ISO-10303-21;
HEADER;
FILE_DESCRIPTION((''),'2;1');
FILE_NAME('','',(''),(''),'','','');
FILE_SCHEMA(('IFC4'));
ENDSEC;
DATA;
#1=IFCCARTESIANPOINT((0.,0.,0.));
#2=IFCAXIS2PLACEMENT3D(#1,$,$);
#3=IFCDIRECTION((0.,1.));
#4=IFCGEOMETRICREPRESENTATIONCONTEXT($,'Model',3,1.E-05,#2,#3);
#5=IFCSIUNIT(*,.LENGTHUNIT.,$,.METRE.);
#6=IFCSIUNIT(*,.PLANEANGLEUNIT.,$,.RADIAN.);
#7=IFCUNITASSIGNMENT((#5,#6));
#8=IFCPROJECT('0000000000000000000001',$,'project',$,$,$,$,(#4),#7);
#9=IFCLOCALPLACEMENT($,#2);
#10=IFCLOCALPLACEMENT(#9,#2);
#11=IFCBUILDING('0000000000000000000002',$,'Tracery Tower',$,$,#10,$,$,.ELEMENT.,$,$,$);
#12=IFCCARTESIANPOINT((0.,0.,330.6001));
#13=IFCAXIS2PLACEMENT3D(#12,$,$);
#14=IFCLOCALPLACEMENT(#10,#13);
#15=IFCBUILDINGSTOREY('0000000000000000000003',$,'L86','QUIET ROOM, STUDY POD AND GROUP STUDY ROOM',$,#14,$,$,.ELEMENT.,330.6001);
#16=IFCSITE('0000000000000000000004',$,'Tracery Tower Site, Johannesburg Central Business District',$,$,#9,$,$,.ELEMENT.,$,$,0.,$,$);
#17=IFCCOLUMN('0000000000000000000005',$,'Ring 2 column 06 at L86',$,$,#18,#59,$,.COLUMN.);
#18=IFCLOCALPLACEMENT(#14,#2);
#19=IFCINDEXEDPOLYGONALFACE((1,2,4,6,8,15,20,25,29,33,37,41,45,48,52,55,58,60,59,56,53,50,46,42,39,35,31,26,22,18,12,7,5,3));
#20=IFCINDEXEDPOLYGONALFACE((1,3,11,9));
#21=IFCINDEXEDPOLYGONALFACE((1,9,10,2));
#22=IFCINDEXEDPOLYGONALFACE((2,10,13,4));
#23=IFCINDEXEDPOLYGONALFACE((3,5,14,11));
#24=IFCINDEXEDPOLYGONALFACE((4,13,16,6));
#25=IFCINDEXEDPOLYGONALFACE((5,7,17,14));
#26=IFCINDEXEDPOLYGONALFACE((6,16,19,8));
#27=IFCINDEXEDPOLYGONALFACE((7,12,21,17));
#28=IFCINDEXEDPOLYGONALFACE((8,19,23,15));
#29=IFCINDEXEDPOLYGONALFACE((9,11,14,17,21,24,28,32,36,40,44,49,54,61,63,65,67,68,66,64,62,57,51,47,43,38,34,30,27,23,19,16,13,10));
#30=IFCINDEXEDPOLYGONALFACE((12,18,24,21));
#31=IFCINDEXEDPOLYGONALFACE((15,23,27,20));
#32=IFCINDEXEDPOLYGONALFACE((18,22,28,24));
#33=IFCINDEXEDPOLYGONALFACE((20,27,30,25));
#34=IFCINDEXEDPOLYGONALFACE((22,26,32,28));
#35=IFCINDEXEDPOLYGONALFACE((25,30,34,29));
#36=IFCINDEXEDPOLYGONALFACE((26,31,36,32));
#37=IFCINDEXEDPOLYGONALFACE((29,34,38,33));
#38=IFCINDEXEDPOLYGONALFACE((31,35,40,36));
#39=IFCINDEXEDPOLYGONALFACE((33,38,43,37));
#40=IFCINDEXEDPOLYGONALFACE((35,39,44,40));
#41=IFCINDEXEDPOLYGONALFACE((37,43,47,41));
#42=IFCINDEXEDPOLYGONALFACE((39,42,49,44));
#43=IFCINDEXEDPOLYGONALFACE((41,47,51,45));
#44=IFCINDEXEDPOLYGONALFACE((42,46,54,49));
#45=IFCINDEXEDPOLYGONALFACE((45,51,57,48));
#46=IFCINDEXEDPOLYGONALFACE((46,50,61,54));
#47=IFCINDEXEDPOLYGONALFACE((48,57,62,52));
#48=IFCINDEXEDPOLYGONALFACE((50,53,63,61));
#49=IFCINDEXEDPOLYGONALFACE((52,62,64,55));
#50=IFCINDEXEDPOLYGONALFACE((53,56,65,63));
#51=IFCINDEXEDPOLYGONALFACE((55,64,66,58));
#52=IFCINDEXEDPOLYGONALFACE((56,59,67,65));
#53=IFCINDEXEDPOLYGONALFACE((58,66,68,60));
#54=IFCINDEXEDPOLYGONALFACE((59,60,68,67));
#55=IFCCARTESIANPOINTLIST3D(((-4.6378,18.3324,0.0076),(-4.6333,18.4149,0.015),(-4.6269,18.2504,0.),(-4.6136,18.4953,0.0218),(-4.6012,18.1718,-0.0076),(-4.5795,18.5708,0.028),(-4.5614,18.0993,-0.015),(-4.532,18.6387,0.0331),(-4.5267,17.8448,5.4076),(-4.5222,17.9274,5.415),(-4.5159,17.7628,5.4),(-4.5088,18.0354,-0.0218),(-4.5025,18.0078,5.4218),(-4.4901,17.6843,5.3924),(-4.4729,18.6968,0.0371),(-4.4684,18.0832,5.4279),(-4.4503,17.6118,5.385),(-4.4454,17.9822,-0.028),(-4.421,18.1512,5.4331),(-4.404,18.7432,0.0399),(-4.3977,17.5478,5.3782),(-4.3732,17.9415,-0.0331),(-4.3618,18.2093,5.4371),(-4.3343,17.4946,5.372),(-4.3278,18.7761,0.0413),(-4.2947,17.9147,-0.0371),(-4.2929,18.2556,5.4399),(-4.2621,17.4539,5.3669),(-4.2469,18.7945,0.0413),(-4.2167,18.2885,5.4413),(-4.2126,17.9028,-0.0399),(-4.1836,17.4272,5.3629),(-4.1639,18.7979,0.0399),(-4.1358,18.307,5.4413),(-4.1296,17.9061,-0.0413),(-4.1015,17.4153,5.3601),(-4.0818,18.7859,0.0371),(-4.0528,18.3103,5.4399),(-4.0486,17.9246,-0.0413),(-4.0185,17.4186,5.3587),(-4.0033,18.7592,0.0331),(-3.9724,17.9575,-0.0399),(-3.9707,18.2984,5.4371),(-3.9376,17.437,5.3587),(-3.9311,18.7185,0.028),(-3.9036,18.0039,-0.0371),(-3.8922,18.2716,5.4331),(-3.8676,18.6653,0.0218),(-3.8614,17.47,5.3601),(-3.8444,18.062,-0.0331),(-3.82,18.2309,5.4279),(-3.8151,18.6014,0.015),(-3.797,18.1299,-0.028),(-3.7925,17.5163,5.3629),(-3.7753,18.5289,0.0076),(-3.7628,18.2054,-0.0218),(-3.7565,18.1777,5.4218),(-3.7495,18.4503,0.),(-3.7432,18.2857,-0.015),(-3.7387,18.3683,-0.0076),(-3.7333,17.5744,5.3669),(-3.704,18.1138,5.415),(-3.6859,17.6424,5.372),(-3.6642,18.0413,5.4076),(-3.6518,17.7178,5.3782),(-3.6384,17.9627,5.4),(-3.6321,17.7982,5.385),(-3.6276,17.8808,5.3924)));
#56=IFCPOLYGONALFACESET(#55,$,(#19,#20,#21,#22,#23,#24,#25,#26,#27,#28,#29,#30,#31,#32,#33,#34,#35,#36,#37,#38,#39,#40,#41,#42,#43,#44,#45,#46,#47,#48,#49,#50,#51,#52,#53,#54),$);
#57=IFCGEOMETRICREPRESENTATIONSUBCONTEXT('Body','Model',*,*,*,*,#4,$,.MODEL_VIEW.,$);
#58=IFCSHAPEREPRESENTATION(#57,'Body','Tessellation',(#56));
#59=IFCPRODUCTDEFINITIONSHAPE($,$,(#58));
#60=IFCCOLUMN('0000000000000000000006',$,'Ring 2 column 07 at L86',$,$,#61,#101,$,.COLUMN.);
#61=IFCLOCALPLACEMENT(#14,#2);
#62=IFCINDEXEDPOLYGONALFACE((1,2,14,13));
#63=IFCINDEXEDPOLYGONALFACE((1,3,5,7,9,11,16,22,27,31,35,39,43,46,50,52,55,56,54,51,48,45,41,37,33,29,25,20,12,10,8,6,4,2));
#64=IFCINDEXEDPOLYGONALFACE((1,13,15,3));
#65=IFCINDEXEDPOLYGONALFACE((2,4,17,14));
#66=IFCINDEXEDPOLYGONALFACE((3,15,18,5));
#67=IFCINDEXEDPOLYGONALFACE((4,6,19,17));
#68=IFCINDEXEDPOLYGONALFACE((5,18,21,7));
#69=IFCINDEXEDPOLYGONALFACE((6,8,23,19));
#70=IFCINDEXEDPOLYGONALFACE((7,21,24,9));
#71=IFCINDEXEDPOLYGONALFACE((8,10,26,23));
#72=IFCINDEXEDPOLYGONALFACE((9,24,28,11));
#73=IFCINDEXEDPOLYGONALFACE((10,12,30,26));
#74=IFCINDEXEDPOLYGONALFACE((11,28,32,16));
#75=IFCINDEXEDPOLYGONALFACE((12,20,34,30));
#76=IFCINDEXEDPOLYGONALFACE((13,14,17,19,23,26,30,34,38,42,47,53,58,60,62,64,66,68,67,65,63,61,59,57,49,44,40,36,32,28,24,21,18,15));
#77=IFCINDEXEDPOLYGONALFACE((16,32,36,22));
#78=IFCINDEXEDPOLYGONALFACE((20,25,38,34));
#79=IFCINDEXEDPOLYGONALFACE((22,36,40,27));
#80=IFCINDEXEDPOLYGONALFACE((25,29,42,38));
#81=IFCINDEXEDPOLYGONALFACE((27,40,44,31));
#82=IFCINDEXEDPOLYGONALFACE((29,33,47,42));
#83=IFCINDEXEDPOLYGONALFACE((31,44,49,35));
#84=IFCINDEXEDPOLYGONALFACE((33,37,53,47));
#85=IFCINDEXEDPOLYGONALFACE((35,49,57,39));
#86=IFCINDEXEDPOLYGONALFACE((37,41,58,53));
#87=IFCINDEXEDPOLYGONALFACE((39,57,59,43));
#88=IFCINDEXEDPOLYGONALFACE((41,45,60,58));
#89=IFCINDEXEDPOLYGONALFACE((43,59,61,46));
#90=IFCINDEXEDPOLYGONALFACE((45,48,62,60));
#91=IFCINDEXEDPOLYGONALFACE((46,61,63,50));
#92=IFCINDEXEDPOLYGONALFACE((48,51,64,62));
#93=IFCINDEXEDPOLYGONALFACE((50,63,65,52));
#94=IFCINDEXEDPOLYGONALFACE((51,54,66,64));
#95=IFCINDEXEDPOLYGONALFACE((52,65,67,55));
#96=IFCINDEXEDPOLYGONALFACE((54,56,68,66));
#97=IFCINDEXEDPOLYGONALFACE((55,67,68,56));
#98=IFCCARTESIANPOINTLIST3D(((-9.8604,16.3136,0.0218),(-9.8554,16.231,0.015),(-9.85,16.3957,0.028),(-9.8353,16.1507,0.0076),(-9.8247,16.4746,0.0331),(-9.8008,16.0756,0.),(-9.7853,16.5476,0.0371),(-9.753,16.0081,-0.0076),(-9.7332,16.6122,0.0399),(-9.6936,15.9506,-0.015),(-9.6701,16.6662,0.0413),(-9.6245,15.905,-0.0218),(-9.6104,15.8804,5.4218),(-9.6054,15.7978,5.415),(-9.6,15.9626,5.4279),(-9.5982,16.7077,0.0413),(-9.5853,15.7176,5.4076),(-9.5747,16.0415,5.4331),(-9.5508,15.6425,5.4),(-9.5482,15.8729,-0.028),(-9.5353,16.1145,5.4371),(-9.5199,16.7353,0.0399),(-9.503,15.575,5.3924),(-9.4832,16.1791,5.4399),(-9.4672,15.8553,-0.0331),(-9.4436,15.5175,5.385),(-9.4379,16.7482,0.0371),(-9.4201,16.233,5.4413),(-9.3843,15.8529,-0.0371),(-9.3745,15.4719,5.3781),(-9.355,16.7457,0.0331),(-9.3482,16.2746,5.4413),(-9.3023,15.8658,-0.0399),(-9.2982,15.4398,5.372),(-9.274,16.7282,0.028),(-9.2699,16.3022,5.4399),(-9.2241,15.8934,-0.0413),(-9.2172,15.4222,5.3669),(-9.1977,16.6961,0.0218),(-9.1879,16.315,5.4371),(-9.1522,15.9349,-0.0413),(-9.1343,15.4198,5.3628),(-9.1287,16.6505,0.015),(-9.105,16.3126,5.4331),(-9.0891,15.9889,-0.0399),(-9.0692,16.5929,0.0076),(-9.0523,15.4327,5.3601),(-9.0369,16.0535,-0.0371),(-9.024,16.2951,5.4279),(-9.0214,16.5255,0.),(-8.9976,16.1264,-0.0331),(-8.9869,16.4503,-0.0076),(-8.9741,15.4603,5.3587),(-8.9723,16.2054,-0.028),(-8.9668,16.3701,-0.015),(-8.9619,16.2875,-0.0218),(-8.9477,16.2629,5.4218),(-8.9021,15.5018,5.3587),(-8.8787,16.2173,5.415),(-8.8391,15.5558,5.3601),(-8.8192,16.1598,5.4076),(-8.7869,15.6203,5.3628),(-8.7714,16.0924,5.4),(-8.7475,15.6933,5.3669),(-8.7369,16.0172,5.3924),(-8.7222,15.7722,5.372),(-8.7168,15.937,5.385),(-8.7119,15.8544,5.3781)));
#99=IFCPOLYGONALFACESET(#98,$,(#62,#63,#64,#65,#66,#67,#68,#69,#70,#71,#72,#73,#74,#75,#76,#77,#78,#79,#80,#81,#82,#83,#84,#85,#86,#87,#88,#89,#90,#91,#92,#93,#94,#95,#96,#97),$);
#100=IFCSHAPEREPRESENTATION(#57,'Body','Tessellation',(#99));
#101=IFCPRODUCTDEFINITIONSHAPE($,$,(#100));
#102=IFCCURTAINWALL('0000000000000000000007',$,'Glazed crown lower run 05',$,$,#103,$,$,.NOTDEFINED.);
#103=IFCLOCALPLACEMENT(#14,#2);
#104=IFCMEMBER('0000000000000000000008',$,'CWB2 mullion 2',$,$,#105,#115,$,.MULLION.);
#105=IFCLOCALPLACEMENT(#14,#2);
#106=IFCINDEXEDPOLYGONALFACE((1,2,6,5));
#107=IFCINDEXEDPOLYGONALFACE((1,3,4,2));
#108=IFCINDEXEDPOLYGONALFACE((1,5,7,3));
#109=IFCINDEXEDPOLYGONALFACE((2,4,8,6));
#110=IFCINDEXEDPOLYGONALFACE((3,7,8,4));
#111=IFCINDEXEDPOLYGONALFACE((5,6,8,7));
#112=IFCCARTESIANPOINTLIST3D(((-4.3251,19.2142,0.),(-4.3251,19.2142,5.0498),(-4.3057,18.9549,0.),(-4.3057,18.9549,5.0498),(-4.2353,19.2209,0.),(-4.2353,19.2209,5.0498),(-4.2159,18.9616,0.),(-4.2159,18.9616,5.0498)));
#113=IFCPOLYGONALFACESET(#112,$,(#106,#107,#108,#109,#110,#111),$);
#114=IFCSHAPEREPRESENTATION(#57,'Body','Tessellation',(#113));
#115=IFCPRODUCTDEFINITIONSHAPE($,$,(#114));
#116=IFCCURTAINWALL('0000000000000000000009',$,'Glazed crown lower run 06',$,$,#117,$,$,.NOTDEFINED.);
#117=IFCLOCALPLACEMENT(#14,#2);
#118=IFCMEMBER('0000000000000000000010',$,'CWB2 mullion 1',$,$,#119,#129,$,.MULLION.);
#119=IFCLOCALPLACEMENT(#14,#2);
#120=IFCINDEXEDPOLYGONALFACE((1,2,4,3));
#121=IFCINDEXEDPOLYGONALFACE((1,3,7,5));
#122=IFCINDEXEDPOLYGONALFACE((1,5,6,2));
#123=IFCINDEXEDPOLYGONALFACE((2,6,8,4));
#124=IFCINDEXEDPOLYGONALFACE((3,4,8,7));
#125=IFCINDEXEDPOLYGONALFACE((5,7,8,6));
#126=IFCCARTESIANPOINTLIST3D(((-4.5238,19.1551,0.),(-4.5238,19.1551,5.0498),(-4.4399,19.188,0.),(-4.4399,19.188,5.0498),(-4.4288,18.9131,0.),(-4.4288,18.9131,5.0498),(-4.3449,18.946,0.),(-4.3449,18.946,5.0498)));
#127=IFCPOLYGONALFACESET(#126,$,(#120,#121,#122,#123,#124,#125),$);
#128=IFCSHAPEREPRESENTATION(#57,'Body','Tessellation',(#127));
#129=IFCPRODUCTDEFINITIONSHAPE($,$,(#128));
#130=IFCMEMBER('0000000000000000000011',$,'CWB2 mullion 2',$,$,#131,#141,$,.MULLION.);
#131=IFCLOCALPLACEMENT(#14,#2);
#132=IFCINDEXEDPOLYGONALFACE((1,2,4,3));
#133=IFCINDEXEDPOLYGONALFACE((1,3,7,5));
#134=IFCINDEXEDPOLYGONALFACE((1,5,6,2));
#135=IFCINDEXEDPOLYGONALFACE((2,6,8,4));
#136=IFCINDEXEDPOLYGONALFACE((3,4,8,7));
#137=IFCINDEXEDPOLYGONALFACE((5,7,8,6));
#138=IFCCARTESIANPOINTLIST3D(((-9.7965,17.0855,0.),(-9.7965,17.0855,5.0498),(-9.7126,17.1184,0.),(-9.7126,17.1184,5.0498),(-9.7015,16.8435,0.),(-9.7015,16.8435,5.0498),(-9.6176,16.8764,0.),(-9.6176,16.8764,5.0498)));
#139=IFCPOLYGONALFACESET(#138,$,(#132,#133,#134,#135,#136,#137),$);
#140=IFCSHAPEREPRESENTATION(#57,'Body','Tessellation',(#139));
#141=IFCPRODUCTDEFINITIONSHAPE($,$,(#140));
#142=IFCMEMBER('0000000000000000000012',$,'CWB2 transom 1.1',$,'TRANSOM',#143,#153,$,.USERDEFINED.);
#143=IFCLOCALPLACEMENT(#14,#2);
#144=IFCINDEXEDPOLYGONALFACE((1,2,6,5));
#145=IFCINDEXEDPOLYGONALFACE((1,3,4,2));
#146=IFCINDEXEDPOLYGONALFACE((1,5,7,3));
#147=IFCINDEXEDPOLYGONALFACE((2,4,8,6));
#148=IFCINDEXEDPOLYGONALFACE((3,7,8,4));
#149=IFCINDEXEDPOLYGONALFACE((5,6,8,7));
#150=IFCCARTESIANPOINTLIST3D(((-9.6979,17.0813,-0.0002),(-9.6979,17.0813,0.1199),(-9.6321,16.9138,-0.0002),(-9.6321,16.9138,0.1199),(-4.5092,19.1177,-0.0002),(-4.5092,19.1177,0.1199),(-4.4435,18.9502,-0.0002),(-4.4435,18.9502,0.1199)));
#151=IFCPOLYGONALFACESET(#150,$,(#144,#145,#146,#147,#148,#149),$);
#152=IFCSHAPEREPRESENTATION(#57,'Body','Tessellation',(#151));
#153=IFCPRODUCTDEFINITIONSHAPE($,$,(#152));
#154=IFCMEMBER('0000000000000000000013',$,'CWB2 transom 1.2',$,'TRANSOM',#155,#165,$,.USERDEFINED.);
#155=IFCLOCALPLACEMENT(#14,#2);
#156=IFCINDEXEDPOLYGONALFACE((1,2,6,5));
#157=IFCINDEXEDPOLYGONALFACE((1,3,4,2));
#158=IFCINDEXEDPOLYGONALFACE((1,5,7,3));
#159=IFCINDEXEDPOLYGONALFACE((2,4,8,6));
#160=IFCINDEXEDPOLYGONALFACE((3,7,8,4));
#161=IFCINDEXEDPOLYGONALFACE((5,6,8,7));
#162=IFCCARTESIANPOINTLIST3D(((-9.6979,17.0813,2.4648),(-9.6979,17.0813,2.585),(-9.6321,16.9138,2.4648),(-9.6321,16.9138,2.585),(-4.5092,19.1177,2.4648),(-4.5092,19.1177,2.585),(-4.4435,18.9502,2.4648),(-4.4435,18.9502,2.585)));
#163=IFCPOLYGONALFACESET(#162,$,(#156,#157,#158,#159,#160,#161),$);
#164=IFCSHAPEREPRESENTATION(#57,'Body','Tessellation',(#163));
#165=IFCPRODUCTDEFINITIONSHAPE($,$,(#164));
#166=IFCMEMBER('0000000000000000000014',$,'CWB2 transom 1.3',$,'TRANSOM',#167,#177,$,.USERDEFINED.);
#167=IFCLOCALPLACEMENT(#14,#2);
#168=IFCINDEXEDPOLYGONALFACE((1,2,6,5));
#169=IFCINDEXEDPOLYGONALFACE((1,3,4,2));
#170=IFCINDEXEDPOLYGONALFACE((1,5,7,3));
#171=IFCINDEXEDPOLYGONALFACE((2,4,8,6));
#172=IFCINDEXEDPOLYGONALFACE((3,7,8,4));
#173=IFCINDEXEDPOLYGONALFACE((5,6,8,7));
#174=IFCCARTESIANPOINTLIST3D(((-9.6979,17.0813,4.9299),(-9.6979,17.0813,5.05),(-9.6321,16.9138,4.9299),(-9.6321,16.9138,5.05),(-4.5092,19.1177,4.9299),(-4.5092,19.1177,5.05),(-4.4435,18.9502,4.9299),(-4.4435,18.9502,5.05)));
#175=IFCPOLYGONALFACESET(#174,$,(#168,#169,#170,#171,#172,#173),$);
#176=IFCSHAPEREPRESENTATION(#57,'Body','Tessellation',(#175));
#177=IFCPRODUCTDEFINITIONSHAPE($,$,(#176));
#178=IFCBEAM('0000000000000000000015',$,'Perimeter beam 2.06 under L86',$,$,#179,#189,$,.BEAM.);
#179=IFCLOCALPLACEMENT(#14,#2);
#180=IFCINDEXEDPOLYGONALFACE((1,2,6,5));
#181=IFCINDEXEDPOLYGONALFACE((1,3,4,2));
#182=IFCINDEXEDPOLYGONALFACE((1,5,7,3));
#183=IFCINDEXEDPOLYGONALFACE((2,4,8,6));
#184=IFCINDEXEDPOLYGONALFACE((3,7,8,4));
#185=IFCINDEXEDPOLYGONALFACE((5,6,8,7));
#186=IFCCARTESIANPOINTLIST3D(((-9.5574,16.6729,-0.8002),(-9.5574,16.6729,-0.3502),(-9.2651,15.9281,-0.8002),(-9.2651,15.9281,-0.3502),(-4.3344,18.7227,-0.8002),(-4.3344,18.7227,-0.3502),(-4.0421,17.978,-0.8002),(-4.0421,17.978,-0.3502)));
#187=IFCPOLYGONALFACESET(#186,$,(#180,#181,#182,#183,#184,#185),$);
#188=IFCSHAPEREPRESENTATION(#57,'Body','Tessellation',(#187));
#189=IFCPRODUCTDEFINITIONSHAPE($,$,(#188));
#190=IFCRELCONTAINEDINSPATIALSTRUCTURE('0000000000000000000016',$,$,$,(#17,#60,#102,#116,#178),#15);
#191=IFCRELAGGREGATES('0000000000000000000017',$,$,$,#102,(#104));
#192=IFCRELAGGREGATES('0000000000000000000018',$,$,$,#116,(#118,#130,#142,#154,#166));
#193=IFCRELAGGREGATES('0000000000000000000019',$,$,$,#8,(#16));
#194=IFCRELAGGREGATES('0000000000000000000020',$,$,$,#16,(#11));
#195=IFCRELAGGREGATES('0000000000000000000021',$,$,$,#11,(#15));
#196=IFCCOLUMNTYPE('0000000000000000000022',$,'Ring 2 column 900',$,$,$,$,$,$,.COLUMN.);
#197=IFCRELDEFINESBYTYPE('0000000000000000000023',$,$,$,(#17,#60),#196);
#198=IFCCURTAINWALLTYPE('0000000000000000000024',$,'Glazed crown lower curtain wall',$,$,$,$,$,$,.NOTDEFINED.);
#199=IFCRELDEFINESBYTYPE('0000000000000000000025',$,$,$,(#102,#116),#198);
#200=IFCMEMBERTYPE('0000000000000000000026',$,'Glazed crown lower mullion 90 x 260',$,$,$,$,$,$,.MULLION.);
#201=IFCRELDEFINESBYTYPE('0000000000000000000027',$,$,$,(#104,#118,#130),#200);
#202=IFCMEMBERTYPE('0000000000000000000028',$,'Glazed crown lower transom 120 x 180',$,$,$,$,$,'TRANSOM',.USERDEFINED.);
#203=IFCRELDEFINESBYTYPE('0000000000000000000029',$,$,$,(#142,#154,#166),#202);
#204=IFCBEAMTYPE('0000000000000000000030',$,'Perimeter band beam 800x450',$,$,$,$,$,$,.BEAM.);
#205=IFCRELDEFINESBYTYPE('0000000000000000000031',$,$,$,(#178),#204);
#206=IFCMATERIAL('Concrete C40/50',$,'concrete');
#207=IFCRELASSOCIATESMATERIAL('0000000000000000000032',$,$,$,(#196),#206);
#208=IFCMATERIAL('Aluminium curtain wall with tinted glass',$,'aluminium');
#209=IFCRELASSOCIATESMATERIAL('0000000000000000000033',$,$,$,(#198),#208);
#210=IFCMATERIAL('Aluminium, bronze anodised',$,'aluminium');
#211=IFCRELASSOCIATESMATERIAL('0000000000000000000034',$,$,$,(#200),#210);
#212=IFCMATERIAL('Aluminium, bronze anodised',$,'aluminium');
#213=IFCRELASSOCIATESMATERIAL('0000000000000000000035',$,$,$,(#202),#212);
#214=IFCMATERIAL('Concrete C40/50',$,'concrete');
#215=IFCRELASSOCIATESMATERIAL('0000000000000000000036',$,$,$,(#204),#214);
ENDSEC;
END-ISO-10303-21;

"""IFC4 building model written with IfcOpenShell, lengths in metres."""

from ifc_helpers import new_model, si_unit, direction, frame, origin, origin_2d, place, context, subcontext, project, spatial, rectangle, circle, extrude, material, material_profile, profile_set, type_object, element, aggregate, save


model = new_model("IFC4")

# Units and contexts
model_context = context("Model", 3, precision=1e-05, world=origin(), true_north=direction((0.0, 1.0)))
body_context = subcontext(model_context, "Body", "Model", "MODEL_VIEW")
ifc_project = project(units=[si_unit("LENGTHUNIT", "METRE"), si_unit("PLANEANGLEUNIT", "RADIAN")], contexts=[model_context])

# Site, building, storey
site_placement = place(None, origin())
site = spatial("IfcSite", under=ifc_project, at=site_placement, Name="Tracery Tower Site, Johannesburg Central Business District", CompositionType="ELEMENT", RefElevation=0.0)
building_placement = place(site_placement, origin())
building = spatial("IfcBuilding", under=site, at=building_placement, Name="Tracery Tower", CompositionType="ELEMENT")
storey_placement = place(building_placement, frame((0.0, 0.0, 330.6001)))
storey = spatial("IfcBuildingStorey", under=building, at=storey_placement, Name="L86", Description="QUIET ROOM, STUDY POD AND GROUP STUDY ROOM", CompositionType="ELEMENT", Elevation=330.6001)

# Columns
ifc_material_1 = material(Name="Concrete C40/50", Category="concrete")
ifc_material_profile_1 = material_profile(ifc_material_1, circle(Radius=0.45, at=origin_2d()), Name="RC D900")
ifc_profile_set_1 = profile_set([ifc_material_profile_1], Name="Concrete C40/50")
column_type = type_object("IfcColumnType", Name="Ring 2 column 900", PredefinedType="COLUMN", material=ifc_profile_set_1)
for number, where, z_axis, x_axis, name in (
    (1, (-4.1882, 18.3503, 0.0), (0.020484, -0.089904, 0.99574), (0.975013, 0.222149, 0.0), "Ring 2 column 06 at L86"),
    (2, (-9.4111, 16.3005, 0.0), (0.0461, -0.079864, 0.995739), (0.866072, 0.49992, 0.0), "Ring 2 column 07 at L86"),
):
    element("IfcColumn", number, at=place(storey_placement, frame(where, z_axis=z_axis, x_axis=x_axis)), inside=storey, type_object=column_type, Name=name, PredefinedType="COLUMN", context=body_context, shape_type="SweptSolid", body=[
        extrude(circle(Radius=0.45, at=origin_2d()), origin(), (0.0, 0.0, 1.0), 5.4231),
    ])

# Curtain wall, member
ifc_material_2 = material(Name="Aluminium curtain wall with tinted glass", Category="aluminium")
curtain_wall_type = type_object("IfcCurtainWallType", Name="Glazed crown lower curtain wall", PredefinedType="NOTDEFINED", material=ifc_material_2)
curtain_wall_1_placement = place(storey_placement, origin())
curtain_wall_1 = element("IfcCurtainWall", 3, at=curtain_wall_1_placement, inside=storey, type_object=curtain_wall_type, Name="Glazed crown lower run 05", PredefinedType="NOTDEFINED")
ifc_material_3 = material(Name="Aluminium, bronze anodised", Category="aluminium")
ifc_material_profile_2 = material_profile(ifc_material_3, rectangle(XDim=0.26, YDim=0.0901, at=origin_2d()), Name="Glazed crown lower mullion 90 x 260")
ifc_profile_set_2 = profile_set([ifc_material_profile_2], Name="Aluminium, bronze anodised")
member_type_1 = type_object("IfcMemberType", Name="Glazed crown lower mullion 90 x 260", PredefinedType="MULLION", material=ifc_profile_set_2)
member_1_placement = place(storey_placement, frame((-4.2705, 19.0879, 0.0), z_axis=(0.0, 0.0, 1.0), x_axis=(0.074729, -0.997204, 0.0)))
member_1 = element("IfcMember", 4, at=member_1_placement, type_object=member_type_1, Name="CWB2 mullion 2", PredefinedType="MULLION", context=body_context, shape_type="SweptSolid", body=[
    extrude(rectangle(XDim=0.26, YDim=0.0901, at=origin_2d()), origin(), (0.0, 0.0, 1.0), 5.0498),
])

# Curtain wall, members
curtain_wall_2_placement = place(storey_placement, origin())
curtain_wall_2 = element("IfcCurtainWall", 5, at=curtain_wall_2_placement, inside=storey, type_object=curtain_wall_type, Name="Glazed crown lower run 06", PredefinedType="NOTDEFINED")
member_2_placement = place(storey_placement, frame((-4.4343, 19.0505, 0.0), z_axis=(0.0, 0.0, 1.0), x_axis=(0.365351, -0.93087, 0.0)))
member_2 = element("IfcMember", 6, at=member_2_placement, type_object=member_type_1, Name="CWB2 mullion 1", PredefinedType="MULLION", context=body_context, shape_type="SweptSolid", body=[
    extrude(rectangle(XDim=0.26, YDim=0.0901, at=origin_2d()), origin(), (0.0, 0.0, 1.0), 5.0498),
])
member_3_placement = place(storey_placement, frame((-9.707, 16.981, 0.0), z_axis=(0.0, 0.0, 1.0), x_axis=(0.365351, -0.93087, 0.0)))
member_3 = element("IfcMember", 7, at=member_3_placement, type_object=member_type_1, Name="CWB2 mullion 2", PredefinedType="MULLION", context=body_context, shape_type="SweptSolid", body=[
    extrude(rectangle(XDim=0.26, YDim=0.0901, at=origin_2d()), origin(), (0.0, 0.0, 1.0), 5.0498),
])
ifc_material_4 = material(Name="Aluminium, bronze anodised", Category="aluminium")
ifc_material_profile_3 = material_profile(ifc_material_4, rectangle(XDim=0.1799, YDim=0.1201, at=origin_2d()), Name="Glazed crown lower transom 120 x 180")
ifc_profile_set_3 = profile_set([ifc_material_profile_3], Name="Aluminium, bronze anodised")
member_type_2 = type_object("IfcMemberType", Name="Glazed crown lower transom 120 x 180", ElementType="TRANSOM", PredefinedType="USERDEFINED", material=ifc_profile_set_3)
member_4_placement = place(storey_placement, frame((-4.4763, 19.0339, 0.0598), z_axis=(-0.930877, -0.365334, 0.0), x_axis=(0.365334, -0.930877, 0.0)))
member_4 = element("IfcMember", 8, at=member_4_placement, type_object=member_type_2, Name="CWB2 transom 1.1", ObjectType="TRANSOM", PredefinedType="USERDEFINED", context=body_context, shape_type="SweptSolid", body=[
    extrude(rectangle(XDim=0.1799, YDim=0.1201, at=origin_2d()), origin(), (0.0, 0.0, 1.0), 5.574),
])
member_5_placement = place(storey_placement, frame((-4.4763, 19.0339, 2.5249), z_axis=(-0.930877, -0.365334, 0.0), x_axis=(0.365334, -0.930877, 0.0)))
member_5 = element("IfcMember", 9, at=member_5_placement, type_object=member_type_2, Name="CWB2 transom 1.2", ObjectType="TRANSOM", PredefinedType="USERDEFINED", context=body_context, shape_type="SweptSolid", body=[
    extrude(rectangle(XDim=0.1799, YDim=0.1201, at=origin_2d()), origin(), (0.0, 0.0, 1.0), 5.574),
])
member_6_placement = place(storey_placement, frame((-4.4763, 19.0339, 4.99), z_axis=(-0.930877, -0.365334, 0.0), x_axis=(0.365334, -0.930877, 0.0)))
member_6 = element("IfcMember", 10, at=member_6_placement, type_object=member_type_2, Name="CWB2 transom 1.3", ObjectType="TRANSOM", PredefinedType="USERDEFINED", context=body_context, shape_type="SweptSolid", body=[
    extrude(rectangle(XDim=0.1799, YDim=0.1201, at=origin_2d()), origin(), (0.0, 0.0, 1.0), 5.574),
])

# Beam
ifc_material_5 = material(Name="Concrete C40/50", Category="concrete")
ifc_material_profile_4 = material_profile(ifc_material_5, rectangle(XDim=0.8, YDim=0.45, at=origin_2d()), Name="RC 800x450")
ifc_profile_set_4 = profile_set([ifc_material_profile_4], Name="Concrete C40/50")
beam_type = type_object("IfcBeamType", Name="Perimeter band beam 800x450", PredefinedType="BEAM", material=ifc_profile_set_4)
beam_1_placement = place(storey_placement, frame((-4.1882, 18.3503, -0.5752), z_axis=(-0.930876, -0.365336, 0.0), x_axis=(0.365336, -0.930876, 0.0)))
element("IfcBeam", 11, at=beam_1_placement, inside=storey, type_object=beam_type, Name="Perimeter beam 2.06 under L86", PredefinedType="BEAM", context=body_context, shape_type="SweptSolid", body=[
    extrude(rectangle(XDim=0.8, YDim=0.45, at=origin_2d()), origin(), (0.0, 0.0, 1.0), 5.6108),
])

aggregate(curtain_wall_1, [member_1])
aggregate(curtain_wall_2, [member_2, member_3, member_4, member_5, member_6])

save(model, "model.ifc")
